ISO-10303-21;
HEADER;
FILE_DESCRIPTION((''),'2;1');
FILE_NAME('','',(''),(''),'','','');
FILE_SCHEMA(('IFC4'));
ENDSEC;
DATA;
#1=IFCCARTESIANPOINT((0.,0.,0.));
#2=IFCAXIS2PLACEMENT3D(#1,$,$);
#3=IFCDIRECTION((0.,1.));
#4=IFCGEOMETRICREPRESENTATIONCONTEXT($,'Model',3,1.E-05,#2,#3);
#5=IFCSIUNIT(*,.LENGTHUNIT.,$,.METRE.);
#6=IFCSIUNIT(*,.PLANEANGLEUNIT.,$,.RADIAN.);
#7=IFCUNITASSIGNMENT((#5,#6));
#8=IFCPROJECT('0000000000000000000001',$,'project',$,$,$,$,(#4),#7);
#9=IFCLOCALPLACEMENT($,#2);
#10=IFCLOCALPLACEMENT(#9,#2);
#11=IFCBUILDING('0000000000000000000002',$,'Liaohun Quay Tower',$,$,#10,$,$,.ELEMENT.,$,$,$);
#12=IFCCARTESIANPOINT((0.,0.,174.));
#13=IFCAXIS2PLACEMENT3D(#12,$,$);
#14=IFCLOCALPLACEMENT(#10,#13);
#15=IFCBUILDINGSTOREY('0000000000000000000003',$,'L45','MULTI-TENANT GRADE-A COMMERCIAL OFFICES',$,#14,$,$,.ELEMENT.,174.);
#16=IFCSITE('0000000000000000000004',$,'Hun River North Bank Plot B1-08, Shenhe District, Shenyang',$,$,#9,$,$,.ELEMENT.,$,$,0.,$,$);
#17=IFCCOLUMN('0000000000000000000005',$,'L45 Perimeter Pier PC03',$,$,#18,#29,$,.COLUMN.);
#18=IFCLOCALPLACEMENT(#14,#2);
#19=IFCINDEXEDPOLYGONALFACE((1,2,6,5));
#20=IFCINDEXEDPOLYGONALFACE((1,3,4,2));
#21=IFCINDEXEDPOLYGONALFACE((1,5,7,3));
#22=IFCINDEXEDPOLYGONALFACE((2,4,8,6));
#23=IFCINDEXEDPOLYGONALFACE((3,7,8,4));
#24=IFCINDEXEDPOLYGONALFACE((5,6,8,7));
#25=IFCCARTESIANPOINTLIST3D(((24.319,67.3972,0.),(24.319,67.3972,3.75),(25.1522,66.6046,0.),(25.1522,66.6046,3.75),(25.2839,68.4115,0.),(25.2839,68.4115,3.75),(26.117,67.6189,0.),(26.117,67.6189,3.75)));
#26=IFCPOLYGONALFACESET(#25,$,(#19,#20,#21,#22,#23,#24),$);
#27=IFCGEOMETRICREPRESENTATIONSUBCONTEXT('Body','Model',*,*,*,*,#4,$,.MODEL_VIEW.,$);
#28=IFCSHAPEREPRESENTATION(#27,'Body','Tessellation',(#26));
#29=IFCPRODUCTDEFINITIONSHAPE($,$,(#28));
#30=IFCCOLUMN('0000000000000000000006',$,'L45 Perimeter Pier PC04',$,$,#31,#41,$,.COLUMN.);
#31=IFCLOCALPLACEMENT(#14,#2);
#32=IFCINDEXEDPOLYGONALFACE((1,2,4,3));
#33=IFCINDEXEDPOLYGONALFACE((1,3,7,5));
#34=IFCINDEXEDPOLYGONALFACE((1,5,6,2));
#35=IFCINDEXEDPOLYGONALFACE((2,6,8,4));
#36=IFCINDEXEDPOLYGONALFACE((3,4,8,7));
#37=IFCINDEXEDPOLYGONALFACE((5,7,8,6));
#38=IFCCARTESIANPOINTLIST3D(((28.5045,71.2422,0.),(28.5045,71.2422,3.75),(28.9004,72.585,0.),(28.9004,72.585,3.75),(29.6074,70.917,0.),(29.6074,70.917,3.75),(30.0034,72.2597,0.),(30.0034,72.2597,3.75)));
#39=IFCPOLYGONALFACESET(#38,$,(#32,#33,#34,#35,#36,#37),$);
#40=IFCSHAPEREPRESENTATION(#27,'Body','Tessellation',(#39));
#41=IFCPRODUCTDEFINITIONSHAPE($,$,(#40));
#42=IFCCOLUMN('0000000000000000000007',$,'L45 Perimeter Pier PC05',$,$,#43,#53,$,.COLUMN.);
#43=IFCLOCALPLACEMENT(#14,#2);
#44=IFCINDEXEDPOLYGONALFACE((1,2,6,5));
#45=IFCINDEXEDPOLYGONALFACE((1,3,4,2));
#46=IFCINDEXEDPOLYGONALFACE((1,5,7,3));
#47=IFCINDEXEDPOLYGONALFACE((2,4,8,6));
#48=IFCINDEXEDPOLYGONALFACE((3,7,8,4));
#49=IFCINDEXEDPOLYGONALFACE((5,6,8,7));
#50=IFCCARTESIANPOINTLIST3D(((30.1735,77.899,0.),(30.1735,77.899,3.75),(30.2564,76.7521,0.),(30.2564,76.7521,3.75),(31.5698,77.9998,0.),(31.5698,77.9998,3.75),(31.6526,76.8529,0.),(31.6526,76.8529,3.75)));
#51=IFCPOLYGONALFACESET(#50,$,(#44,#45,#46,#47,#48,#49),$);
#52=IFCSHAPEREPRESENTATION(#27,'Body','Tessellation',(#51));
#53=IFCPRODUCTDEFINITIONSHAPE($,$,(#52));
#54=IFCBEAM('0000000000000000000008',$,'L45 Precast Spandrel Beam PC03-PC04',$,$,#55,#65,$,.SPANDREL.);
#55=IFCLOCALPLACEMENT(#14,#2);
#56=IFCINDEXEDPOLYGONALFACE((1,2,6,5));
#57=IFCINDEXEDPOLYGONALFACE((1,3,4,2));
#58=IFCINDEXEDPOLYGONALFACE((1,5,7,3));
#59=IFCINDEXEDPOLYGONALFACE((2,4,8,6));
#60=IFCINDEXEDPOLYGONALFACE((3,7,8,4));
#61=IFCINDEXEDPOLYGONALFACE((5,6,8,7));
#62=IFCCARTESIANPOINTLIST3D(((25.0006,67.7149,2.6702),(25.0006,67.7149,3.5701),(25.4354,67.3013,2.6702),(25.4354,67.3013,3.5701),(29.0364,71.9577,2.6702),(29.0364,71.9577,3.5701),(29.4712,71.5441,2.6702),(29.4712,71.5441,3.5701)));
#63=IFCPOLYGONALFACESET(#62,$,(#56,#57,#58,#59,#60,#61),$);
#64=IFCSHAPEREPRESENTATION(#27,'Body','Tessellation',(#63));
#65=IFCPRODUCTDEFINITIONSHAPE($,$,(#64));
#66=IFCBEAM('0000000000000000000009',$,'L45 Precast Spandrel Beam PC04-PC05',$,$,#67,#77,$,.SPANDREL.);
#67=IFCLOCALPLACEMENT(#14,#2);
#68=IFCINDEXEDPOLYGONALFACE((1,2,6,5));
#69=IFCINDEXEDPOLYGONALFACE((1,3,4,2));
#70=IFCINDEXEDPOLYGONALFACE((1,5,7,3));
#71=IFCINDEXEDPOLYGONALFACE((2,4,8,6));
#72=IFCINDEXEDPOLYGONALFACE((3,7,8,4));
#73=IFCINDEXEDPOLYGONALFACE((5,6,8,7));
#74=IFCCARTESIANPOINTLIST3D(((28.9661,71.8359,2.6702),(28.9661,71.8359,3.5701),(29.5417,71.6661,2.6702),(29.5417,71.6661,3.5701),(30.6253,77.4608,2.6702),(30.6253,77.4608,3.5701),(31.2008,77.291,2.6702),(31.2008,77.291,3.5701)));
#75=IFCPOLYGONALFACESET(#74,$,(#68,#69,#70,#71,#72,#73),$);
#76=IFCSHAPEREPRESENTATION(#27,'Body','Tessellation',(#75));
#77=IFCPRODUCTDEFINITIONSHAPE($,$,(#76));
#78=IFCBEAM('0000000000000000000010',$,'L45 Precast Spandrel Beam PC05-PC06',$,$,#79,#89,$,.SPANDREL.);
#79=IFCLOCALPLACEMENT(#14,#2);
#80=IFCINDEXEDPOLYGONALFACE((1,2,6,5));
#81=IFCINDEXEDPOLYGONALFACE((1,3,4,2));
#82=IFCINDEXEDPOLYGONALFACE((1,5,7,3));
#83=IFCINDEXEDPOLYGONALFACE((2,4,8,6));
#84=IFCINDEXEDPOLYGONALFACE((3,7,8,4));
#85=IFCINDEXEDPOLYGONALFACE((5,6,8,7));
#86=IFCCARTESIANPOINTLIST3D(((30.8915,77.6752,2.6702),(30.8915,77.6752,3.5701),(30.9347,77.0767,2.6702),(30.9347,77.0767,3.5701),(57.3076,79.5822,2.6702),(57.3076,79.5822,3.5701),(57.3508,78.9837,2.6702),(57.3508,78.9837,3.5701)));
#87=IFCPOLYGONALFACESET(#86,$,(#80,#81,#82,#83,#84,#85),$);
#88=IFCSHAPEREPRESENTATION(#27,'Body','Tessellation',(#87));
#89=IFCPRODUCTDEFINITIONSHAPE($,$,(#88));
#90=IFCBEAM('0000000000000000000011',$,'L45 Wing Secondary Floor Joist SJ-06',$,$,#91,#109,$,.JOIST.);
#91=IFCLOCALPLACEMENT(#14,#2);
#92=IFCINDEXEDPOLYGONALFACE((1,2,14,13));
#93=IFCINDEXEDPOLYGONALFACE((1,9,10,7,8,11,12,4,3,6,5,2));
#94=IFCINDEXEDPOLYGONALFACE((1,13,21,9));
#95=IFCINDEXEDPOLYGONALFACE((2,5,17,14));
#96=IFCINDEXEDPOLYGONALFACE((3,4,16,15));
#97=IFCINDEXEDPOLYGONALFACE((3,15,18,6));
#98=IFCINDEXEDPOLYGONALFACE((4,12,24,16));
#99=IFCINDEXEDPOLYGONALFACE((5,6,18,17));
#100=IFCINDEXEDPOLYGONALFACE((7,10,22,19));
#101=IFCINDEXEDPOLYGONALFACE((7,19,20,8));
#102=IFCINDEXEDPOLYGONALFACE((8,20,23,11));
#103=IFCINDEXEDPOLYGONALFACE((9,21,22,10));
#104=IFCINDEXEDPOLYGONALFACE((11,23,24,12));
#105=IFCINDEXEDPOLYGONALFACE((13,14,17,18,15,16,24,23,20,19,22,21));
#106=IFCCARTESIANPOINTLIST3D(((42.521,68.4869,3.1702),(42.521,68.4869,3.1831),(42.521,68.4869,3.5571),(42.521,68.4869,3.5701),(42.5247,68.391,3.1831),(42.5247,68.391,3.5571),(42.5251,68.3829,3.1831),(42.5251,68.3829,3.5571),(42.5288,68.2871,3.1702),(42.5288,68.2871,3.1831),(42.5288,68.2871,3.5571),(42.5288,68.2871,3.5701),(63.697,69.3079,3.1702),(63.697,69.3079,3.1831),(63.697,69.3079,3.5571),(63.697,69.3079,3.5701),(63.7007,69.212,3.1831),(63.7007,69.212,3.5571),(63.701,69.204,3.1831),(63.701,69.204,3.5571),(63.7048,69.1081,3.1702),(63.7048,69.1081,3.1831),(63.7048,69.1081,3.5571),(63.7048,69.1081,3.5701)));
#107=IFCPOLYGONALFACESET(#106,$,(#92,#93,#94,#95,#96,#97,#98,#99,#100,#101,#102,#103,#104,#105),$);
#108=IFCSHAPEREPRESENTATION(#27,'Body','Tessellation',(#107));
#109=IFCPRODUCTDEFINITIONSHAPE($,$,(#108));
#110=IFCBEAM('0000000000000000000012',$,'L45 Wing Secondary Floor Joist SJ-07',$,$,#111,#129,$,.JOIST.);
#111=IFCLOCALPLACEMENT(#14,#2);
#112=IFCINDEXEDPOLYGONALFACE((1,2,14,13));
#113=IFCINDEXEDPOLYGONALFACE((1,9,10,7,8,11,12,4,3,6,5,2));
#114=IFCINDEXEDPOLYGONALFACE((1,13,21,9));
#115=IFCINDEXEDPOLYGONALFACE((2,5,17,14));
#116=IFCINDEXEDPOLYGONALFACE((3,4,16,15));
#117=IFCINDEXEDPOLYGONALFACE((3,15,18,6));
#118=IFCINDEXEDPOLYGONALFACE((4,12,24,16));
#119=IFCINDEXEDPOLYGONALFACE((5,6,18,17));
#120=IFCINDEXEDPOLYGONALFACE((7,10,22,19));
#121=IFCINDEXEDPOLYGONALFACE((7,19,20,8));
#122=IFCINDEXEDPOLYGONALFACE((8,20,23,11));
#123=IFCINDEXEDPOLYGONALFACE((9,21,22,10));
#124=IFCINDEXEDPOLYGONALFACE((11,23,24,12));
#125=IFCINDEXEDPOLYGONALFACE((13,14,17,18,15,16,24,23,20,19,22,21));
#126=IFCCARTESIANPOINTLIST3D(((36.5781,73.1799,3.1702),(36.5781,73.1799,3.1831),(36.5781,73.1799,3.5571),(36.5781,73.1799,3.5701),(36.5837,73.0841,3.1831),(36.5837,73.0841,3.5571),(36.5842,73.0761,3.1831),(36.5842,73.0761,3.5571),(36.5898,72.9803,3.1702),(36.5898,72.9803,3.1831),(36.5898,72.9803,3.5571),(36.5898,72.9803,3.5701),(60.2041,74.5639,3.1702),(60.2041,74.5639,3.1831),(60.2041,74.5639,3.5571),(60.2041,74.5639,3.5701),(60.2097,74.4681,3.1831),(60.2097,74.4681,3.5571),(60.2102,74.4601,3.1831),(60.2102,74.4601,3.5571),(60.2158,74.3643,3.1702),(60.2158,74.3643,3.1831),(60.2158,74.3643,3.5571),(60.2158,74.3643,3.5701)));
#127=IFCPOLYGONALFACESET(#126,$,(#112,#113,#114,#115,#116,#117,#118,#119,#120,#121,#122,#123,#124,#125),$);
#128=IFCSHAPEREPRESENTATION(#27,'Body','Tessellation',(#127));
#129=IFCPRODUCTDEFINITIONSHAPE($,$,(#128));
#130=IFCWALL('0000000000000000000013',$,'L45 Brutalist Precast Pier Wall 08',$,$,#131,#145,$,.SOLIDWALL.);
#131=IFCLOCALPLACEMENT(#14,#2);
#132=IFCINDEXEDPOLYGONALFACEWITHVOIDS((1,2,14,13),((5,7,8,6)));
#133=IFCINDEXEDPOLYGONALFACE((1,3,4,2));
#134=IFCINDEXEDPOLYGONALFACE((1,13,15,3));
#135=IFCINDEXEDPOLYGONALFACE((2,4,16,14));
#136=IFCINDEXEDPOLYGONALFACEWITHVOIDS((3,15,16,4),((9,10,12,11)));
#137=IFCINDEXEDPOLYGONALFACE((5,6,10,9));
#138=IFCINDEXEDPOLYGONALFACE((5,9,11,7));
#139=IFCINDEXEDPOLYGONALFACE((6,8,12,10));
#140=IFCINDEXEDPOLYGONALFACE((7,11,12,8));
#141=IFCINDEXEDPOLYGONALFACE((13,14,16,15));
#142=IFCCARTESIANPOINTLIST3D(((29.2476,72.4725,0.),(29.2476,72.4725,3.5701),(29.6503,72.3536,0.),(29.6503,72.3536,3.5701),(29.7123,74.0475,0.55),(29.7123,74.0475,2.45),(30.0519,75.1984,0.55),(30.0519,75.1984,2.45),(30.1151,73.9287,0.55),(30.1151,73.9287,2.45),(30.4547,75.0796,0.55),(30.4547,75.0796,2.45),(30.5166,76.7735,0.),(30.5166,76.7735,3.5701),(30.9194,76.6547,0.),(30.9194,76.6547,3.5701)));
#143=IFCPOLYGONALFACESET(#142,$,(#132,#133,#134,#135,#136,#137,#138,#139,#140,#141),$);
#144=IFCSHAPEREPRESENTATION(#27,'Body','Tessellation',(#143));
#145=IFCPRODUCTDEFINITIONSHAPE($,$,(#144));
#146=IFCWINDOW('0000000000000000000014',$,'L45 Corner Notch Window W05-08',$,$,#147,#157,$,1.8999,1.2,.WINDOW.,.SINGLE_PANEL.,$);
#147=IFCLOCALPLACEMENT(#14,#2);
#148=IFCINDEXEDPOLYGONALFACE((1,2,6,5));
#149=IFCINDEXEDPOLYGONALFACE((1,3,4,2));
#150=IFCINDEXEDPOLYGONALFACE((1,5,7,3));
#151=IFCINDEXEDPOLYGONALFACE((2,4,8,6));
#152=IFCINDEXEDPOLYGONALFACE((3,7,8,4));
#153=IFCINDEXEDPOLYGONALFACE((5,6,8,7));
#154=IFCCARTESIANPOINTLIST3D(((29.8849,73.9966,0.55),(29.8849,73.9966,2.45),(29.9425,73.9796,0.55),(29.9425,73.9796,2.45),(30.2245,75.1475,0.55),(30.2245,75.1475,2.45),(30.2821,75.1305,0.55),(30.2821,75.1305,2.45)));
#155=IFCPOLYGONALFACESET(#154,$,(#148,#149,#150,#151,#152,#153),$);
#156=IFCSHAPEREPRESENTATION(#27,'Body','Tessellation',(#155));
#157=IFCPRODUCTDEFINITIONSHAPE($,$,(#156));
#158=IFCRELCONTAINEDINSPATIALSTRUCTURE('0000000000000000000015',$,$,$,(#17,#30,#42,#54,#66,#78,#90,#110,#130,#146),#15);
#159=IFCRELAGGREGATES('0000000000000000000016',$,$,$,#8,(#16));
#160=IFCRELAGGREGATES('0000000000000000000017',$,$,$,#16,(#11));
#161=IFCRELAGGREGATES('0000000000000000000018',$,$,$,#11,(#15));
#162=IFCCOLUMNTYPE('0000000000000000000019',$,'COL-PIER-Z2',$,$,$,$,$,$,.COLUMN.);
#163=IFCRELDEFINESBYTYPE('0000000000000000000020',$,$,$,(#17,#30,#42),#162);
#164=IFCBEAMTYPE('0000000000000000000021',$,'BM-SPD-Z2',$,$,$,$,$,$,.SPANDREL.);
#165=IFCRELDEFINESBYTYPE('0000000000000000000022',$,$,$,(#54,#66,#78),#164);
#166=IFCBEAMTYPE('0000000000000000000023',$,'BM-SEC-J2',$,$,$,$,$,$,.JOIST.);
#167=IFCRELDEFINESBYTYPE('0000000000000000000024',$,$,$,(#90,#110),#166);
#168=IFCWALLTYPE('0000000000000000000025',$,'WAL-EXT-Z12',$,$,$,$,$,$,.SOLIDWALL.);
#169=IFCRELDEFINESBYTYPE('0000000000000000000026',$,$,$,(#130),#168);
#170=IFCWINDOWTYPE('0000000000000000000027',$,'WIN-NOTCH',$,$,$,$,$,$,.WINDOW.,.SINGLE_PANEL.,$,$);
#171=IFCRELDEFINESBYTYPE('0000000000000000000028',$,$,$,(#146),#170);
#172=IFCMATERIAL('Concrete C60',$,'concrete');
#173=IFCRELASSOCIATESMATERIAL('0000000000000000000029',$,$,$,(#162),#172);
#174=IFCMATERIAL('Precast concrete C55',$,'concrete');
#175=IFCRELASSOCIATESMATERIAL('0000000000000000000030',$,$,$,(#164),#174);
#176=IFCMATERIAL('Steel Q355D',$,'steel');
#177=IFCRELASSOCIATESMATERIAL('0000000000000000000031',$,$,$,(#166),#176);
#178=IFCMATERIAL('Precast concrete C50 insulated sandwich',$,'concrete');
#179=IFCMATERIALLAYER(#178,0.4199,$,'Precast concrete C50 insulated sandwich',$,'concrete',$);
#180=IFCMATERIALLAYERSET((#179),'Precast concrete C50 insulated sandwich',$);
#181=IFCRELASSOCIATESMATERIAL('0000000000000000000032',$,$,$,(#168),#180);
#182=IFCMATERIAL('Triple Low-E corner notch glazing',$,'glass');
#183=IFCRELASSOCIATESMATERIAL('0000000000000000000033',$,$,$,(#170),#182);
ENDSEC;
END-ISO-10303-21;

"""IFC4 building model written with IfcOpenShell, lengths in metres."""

from ifc_helpers import new_model, si_unit, direction, frame, frame_2d, origin, origin_2d, place, context, subcontext, project, spatial, rectangle, i_section, extrude, source, transform, mapped, material, layer, layer_set, material_profile, profile_set, type_object, element, fill, save


model = new_model("IFC4")

# Units and contexts
model_context = context("Model", 3, precision=1e-05, world=origin(), true_north=direction((0.0, 1.0)))
body_context = subcontext(model_context, "Body", "Model", "MODEL_VIEW")
ifc_project = project(units=[si_unit("LENGTHUNIT", "METRE"), si_unit("PLANEANGLEUNIT", "RADIAN")], contexts=[model_context])

# Site, building, storey
site_placement = place(None, origin())
site = spatial("IfcSite", under=ifc_project, at=site_placement, Name="Hun River North Bank Plot B1-08, Shenhe District, Shenyang", CompositionType="ELEMENT", RefElevation=0.0)
building_placement = place(site_placement, origin())
building = spatial("IfcBuilding", under=site, at=building_placement, Name="Liaohun Quay Tower", CompositionType="ELEMENT")
storey_placement = place(building_placement, frame((0.0, 0.0, 174.0)))
storey = spatial("IfcBuildingStorey", under=building, at=storey_placement, Name="L45", Description="MULTI-TENANT GRADE-A COMMERCIAL OFFICES", CompositionType="ELEMENT", Elevation=174.0)

# Columns
ifc_material_1 = material(Name="Concrete C60", Category="concrete")
ifc_material_profile_1 = material_profile(ifc_material_1, rectangle(XDim=1.3999, YDim=1.1499, at=origin_2d()), Name="RC1400x1150")
ifc_profile_set_1 = profile_set([ifc_material_profile_1], Name="Concrete C60")
column_type = type_object("IfcColumnType", Name="COL-PIER-Z2", PredefinedType="COLUMN", material=ifc_profile_set_1)
shared_shape_1 = source(origin(), body_context, "Body", "SweptSolid", [
    extrude(rectangle(XDim=1.3999, YDim=1.1499, at=origin_2d()), origin(), (0.0, 0.0, 1.0), 3.75),
])
for number, where, z_axis, x_axis, name in (
    (1, (25.218, 67.5081, 0.0), (0.0, 0.0, 1.0), (0.68924, 0.724533, 0.0), "L45 Perimeter Pier PC03"),
    (2, (29.2539, 71.751, 0.0), (0.0, 0.0, 1.0), (0.282844, 0.959166, 0.0), "L45 Perimeter Pier PC04"),
    (3, (30.9131, 77.376, 0.0), (0.0, 0.0, 1.0), (0.997403, 0.07202, 0.0), "L45 Perimeter Pier PC05"),
):
    element("IfcColumn", number, at=place(storey_placement, frame(where, z_axis=z_axis, x_axis=x_axis)), inside=storey, type_object=column_type, Name=name, PredefinedType="COLUMN", context=body_context, shape_type="MappedRepresentation", body=[
        mapped(shared_shape_1, transform((0.0, 0.0, 0.0), x_axis=(1.0, 0.0, 0.0), y_axis=(0.0, 1.0, 0.0), z_axis=(0.0, 0.0, 1.0), scale=1.0)),
    ])

# Beams
ifc_material_2 = material(Name="Precast concrete C55", Category="concrete")
ifc_material_profile_2 = material_profile(ifc_material_2, rectangle(XDim=0.6001, YDim=0.8999, at=origin_2d()), Name="RC600x900")
ifc_profile_set_2 = profile_set([ifc_material_profile_2], Name="Precast concrete C55")
beam_type_1 = type_object("IfcBeamType", Name="BM-SPD-Z2", PredefinedType="SPANDREL", material=ifc_profile_set_2)
shared_shape_2 = source(origin(), body_context, "Body", "SweptSolid", [
    extrude(rectangle(XDim=0.6001, YDim=0.8999, at=origin_2d()), origin(), (0.0, 0.0, 1.0), 5.8557),
])
beam_1_placement = place(storey_placement, frame((25.218, 67.5081, 3.1201), z_axis=(0.689208, 0.724563, 0.0), x_axis=(-0.724563, 0.689208, 0.0)))
element("IfcBeam", 4, at=beam_1_placement, inside=storey, type_object=beam_type_1, Name="L45 Precast Spandrel Beam PC03-PC04", PredefinedType="SPANDREL", context=body_context, shape_type="MappedRepresentation", body=[
    mapped(shared_shape_2, transform((0.0, 0.0, 0.0), x_axis=(1.0, 0.0, 0.0), y_axis=(0.0, 1.0, 0.0), z_axis=(0.0, 0.0, 1.0), scale=1.0)),
])
shared_shape_3 = source(origin(), body_context, "Body", "SweptSolid", [
    extrude(rectangle(XDim=0.6001, YDim=0.8999, at=origin_2d()), origin(), (0.0, 0.0, 1.0), 5.8645),
])
beam_2_placement = place(storey_placement, frame((29.2539, 71.751, 3.1201), z_axis=(0.282915, 0.959145, 0.0), x_axis=(-0.959145, 0.282915, 0.0)))
element("IfcBeam", 5, at=beam_2_placement, inside=storey, type_object=beam_type_1, Name="L45 Precast Spandrel Beam PC04-PC05", PredefinedType="SPANDREL", context=body_context, shape_type="MappedRepresentation", body=[
    mapped(shared_shape_3, transform((0.0, 0.0, 0.0), x_axis=(1.0, 0.0, 0.0), y_axis=(0.0, 1.0, 0.0), z_axis=(0.0, 0.0, 1.0), scale=1.0)),
])
shared_shape_4 = source(origin(), body_context, "Body", "SweptSolid", [
    extrude(rectangle(XDim=0.6001, YDim=0.8999, at=origin_2d()), origin(), (0.0, 0.0, 1.0), 26.4849),
])
beam_3_placement = place(storey_placement, frame((30.9131, 77.376, 3.1201), z_axis=(0.997404, 0.072003, 0.0), x_axis=(-0.072003, 0.997404, 0.0)))
element("IfcBeam", 6, at=beam_3_placement, inside=storey, type_object=beam_type_1, Name="L45 Precast Spandrel Beam PC05-PC06", PredefinedType="SPANDREL", context=body_context, shape_type="MappedRepresentation", body=[
    mapped(shared_shape_4, transform((0.0, 0.0, 0.0), x_axis=(1.0, 0.0, 0.0), y_axis=(0.0, 1.0, 0.0), z_axis=(0.0, 0.0, 1.0), scale=1.0)),
])
ifc_material_3 = material(Name="Steel Q355D", Category="steel")
ifc_material_profile_3 = material_profile(ifc_material_3, i_section(OverallWidth=0.2, OverallDepth=0.3999, WebThickness=0.0081, FlangeThickness=0.0129, at=origin_2d()), Name="HN400x200x8x13")
ifc_profile_set_3 = profile_set([ifc_material_profile_3], Name="Steel Q355D")
beam_type_2 = type_object("IfcBeamType", Name="BM-SEC-J2", PredefinedType="JOIST", material=ifc_profile_set_3)
shared_shape_5 = source(origin(), body_context, "Body", "SweptSolid", [
    extrude(i_section(OverallWidth=0.2, OverallDepth=0.3999, WebThickness=0.0081, FlangeThickness=0.0129, at=origin_2d()), origin(), (0.0, 0.0, 1.0), 21.1919),
])
beam_4_placement = place(storey_placement, frame((42.5249, 68.387, 3.3701), z_axis=(0.999249, 0.038743, 0.0), x_axis=(-0.038743, 0.999249, 0.0)))
element("IfcBeam", 7, at=beam_4_placement, inside=storey, type_object=beam_type_2, Name="L45 Wing Secondary Floor Joist SJ-06", PredefinedType="JOIST", context=body_context, shape_type="MappedRepresentation", body=[
    mapped(shared_shape_5, transform((0.0, 0.0, 0.0), x_axis=(1.0, 0.0, 0.0), y_axis=(0.0, 1.0, 0.0), z_axis=(0.0, 0.0, 1.0), scale=1.0)),
])
shared_shape_6 = source(origin(), body_context, "Body", "SweptSolid", [
    extrude(i_section(OverallWidth=0.2, OverallDepth=0.3999, WebThickness=0.0081, FlangeThickness=0.0129, at=origin_2d()), origin(), (0.0, 0.0, 1.0), 23.6665),
])
beam_5_placement = place(storey_placement, frame((36.584, 73.0801, 3.3701), z_axis=(0.998289, 0.058481, 0.0), x_axis=(-0.058481, 0.998289, 0.0)))
element("IfcBeam", 8, at=beam_5_placement, inside=storey, type_object=beam_type_2, Name="L45 Wing Secondary Floor Joist SJ-07", PredefinedType="JOIST", context=body_context, shape_type="MappedRepresentation", body=[
    mapped(shared_shape_6, transform((0.0, 0.0, 0.0), x_axis=(1.0, 0.0, 0.0), y_axis=(0.0, 1.0, 0.0), z_axis=(0.0, 0.0, 1.0), scale=1.0)),
])

# Wall, opening, window
ifc_material_4 = material(Name="Precast concrete C50 insulated sandwich", Category="concrete")
ifc_layer_1 = layer(ifc_material_4, 0.4199, Name="Precast concrete C50 insulated sandwich", Category="concrete")
ifc_layer_set_1 = layer_set([ifc_layer_1], Name="Precast concrete C50 insulated sandwich")
wall_type_1 = type_object("IfcWallType", Name="WAL-EXT-Z12", PredefinedType="SOLIDWALL", material=ifc_layer_set_1)
wall_1_placement = place(storey_placement, frame((30.718, 76.7141, 0.0), z_axis=(0.0, 0.0, 1.0), x_axis=(-0.282994, -0.959122, 0.0)))
wall_1 = element("IfcWall", 9, at=wall_1_placement, inside=storey, type_object=wall_type_1, Name="L45 Brutalist Precast Pier Wall 08", PredefinedType="SOLIDWALL", context=body_context, shape_type="SweptSolid", body=[
    extrude(rectangle(XDim=4.4844, YDim=0.4199, at=frame_2d((2.2422, 0.0))), origin(), (0.0, 0.0, 1.0), 3.5701),
])
shared_shape_7 = source(origin(), body_context, "Body", "SweptSolid", [
    extrude(rectangle(XDim=1.2, YDim=1.8999, at=frame_2d((0.6001, 0.95))), frame((0.0, 0.22, 0.0), z_axis=(0.0, -1.0, 0.0), x_axis=(1.0, 0.0, 0.0)), (0.0, 0.0, 1.0), 0.4399),
])
opening_1_placement = place(wall_1_placement, frame((1.6421, 0.0, 0.55)))
opening_1 = element("IfcOpeningElement", 10, at=opening_1_placement, cuts=wall_1, PredefinedType="OPENING", context=body_context, shape_type="MappedRepresentation", body=[
    mapped(shared_shape_7, transform((0.0, 0.0, 0.0), x_axis=(1.0, 0.0, 0.0), y_axis=(0.0, 1.0, 0.0), z_axis=(0.0, 0.0, 1.0), scale=1.0)),
])
ifc_material_5 = material(Name="Triple Low-E corner notch glazing", Category="glass")
window_type_1 = type_object("IfcWindowType", Name="WIN-NOTCH", PartitioningType="SINGLE_PANEL", PredefinedType="WINDOW", material=ifc_material_5)
shared_shape_8 = source(origin(), body_context, "Body", "SweptSolid", [
    extrude(rectangle(XDim=1.2, YDim=1.8999, at=frame_2d((0.6001, 0.95))), frame((0.0, 0.03, 0.0), z_axis=(0.0, -1.0, 0.0), x_axis=(1.0, 0.0, 0.0)), (0.0, 0.0, 1.0), 0.0601),
])
window_1_placement = place(opening_1_placement, origin())
window_1 = element("IfcWindow", 11, at=window_1_placement, inside=storey, type_object=window_type_1, Name="L45 Corner Notch Window W05-08", OverallHeight=1.8999, OverallWidth=1.2, PartitioningType="SINGLE_PANEL", PredefinedType="WINDOW", context=body_context, shape_type="MappedRepresentation", body=[
    mapped(shared_shape_8, transform((0.0, 0.0, 0.0), x_axis=(1.0, 0.0, 0.0), y_axis=(0.0, 1.0, 0.0), z_axis=(0.0, 0.0, 1.0), scale=1.0)),
])
fill(opening_1, window_1)

save(model, "model.ifc")
